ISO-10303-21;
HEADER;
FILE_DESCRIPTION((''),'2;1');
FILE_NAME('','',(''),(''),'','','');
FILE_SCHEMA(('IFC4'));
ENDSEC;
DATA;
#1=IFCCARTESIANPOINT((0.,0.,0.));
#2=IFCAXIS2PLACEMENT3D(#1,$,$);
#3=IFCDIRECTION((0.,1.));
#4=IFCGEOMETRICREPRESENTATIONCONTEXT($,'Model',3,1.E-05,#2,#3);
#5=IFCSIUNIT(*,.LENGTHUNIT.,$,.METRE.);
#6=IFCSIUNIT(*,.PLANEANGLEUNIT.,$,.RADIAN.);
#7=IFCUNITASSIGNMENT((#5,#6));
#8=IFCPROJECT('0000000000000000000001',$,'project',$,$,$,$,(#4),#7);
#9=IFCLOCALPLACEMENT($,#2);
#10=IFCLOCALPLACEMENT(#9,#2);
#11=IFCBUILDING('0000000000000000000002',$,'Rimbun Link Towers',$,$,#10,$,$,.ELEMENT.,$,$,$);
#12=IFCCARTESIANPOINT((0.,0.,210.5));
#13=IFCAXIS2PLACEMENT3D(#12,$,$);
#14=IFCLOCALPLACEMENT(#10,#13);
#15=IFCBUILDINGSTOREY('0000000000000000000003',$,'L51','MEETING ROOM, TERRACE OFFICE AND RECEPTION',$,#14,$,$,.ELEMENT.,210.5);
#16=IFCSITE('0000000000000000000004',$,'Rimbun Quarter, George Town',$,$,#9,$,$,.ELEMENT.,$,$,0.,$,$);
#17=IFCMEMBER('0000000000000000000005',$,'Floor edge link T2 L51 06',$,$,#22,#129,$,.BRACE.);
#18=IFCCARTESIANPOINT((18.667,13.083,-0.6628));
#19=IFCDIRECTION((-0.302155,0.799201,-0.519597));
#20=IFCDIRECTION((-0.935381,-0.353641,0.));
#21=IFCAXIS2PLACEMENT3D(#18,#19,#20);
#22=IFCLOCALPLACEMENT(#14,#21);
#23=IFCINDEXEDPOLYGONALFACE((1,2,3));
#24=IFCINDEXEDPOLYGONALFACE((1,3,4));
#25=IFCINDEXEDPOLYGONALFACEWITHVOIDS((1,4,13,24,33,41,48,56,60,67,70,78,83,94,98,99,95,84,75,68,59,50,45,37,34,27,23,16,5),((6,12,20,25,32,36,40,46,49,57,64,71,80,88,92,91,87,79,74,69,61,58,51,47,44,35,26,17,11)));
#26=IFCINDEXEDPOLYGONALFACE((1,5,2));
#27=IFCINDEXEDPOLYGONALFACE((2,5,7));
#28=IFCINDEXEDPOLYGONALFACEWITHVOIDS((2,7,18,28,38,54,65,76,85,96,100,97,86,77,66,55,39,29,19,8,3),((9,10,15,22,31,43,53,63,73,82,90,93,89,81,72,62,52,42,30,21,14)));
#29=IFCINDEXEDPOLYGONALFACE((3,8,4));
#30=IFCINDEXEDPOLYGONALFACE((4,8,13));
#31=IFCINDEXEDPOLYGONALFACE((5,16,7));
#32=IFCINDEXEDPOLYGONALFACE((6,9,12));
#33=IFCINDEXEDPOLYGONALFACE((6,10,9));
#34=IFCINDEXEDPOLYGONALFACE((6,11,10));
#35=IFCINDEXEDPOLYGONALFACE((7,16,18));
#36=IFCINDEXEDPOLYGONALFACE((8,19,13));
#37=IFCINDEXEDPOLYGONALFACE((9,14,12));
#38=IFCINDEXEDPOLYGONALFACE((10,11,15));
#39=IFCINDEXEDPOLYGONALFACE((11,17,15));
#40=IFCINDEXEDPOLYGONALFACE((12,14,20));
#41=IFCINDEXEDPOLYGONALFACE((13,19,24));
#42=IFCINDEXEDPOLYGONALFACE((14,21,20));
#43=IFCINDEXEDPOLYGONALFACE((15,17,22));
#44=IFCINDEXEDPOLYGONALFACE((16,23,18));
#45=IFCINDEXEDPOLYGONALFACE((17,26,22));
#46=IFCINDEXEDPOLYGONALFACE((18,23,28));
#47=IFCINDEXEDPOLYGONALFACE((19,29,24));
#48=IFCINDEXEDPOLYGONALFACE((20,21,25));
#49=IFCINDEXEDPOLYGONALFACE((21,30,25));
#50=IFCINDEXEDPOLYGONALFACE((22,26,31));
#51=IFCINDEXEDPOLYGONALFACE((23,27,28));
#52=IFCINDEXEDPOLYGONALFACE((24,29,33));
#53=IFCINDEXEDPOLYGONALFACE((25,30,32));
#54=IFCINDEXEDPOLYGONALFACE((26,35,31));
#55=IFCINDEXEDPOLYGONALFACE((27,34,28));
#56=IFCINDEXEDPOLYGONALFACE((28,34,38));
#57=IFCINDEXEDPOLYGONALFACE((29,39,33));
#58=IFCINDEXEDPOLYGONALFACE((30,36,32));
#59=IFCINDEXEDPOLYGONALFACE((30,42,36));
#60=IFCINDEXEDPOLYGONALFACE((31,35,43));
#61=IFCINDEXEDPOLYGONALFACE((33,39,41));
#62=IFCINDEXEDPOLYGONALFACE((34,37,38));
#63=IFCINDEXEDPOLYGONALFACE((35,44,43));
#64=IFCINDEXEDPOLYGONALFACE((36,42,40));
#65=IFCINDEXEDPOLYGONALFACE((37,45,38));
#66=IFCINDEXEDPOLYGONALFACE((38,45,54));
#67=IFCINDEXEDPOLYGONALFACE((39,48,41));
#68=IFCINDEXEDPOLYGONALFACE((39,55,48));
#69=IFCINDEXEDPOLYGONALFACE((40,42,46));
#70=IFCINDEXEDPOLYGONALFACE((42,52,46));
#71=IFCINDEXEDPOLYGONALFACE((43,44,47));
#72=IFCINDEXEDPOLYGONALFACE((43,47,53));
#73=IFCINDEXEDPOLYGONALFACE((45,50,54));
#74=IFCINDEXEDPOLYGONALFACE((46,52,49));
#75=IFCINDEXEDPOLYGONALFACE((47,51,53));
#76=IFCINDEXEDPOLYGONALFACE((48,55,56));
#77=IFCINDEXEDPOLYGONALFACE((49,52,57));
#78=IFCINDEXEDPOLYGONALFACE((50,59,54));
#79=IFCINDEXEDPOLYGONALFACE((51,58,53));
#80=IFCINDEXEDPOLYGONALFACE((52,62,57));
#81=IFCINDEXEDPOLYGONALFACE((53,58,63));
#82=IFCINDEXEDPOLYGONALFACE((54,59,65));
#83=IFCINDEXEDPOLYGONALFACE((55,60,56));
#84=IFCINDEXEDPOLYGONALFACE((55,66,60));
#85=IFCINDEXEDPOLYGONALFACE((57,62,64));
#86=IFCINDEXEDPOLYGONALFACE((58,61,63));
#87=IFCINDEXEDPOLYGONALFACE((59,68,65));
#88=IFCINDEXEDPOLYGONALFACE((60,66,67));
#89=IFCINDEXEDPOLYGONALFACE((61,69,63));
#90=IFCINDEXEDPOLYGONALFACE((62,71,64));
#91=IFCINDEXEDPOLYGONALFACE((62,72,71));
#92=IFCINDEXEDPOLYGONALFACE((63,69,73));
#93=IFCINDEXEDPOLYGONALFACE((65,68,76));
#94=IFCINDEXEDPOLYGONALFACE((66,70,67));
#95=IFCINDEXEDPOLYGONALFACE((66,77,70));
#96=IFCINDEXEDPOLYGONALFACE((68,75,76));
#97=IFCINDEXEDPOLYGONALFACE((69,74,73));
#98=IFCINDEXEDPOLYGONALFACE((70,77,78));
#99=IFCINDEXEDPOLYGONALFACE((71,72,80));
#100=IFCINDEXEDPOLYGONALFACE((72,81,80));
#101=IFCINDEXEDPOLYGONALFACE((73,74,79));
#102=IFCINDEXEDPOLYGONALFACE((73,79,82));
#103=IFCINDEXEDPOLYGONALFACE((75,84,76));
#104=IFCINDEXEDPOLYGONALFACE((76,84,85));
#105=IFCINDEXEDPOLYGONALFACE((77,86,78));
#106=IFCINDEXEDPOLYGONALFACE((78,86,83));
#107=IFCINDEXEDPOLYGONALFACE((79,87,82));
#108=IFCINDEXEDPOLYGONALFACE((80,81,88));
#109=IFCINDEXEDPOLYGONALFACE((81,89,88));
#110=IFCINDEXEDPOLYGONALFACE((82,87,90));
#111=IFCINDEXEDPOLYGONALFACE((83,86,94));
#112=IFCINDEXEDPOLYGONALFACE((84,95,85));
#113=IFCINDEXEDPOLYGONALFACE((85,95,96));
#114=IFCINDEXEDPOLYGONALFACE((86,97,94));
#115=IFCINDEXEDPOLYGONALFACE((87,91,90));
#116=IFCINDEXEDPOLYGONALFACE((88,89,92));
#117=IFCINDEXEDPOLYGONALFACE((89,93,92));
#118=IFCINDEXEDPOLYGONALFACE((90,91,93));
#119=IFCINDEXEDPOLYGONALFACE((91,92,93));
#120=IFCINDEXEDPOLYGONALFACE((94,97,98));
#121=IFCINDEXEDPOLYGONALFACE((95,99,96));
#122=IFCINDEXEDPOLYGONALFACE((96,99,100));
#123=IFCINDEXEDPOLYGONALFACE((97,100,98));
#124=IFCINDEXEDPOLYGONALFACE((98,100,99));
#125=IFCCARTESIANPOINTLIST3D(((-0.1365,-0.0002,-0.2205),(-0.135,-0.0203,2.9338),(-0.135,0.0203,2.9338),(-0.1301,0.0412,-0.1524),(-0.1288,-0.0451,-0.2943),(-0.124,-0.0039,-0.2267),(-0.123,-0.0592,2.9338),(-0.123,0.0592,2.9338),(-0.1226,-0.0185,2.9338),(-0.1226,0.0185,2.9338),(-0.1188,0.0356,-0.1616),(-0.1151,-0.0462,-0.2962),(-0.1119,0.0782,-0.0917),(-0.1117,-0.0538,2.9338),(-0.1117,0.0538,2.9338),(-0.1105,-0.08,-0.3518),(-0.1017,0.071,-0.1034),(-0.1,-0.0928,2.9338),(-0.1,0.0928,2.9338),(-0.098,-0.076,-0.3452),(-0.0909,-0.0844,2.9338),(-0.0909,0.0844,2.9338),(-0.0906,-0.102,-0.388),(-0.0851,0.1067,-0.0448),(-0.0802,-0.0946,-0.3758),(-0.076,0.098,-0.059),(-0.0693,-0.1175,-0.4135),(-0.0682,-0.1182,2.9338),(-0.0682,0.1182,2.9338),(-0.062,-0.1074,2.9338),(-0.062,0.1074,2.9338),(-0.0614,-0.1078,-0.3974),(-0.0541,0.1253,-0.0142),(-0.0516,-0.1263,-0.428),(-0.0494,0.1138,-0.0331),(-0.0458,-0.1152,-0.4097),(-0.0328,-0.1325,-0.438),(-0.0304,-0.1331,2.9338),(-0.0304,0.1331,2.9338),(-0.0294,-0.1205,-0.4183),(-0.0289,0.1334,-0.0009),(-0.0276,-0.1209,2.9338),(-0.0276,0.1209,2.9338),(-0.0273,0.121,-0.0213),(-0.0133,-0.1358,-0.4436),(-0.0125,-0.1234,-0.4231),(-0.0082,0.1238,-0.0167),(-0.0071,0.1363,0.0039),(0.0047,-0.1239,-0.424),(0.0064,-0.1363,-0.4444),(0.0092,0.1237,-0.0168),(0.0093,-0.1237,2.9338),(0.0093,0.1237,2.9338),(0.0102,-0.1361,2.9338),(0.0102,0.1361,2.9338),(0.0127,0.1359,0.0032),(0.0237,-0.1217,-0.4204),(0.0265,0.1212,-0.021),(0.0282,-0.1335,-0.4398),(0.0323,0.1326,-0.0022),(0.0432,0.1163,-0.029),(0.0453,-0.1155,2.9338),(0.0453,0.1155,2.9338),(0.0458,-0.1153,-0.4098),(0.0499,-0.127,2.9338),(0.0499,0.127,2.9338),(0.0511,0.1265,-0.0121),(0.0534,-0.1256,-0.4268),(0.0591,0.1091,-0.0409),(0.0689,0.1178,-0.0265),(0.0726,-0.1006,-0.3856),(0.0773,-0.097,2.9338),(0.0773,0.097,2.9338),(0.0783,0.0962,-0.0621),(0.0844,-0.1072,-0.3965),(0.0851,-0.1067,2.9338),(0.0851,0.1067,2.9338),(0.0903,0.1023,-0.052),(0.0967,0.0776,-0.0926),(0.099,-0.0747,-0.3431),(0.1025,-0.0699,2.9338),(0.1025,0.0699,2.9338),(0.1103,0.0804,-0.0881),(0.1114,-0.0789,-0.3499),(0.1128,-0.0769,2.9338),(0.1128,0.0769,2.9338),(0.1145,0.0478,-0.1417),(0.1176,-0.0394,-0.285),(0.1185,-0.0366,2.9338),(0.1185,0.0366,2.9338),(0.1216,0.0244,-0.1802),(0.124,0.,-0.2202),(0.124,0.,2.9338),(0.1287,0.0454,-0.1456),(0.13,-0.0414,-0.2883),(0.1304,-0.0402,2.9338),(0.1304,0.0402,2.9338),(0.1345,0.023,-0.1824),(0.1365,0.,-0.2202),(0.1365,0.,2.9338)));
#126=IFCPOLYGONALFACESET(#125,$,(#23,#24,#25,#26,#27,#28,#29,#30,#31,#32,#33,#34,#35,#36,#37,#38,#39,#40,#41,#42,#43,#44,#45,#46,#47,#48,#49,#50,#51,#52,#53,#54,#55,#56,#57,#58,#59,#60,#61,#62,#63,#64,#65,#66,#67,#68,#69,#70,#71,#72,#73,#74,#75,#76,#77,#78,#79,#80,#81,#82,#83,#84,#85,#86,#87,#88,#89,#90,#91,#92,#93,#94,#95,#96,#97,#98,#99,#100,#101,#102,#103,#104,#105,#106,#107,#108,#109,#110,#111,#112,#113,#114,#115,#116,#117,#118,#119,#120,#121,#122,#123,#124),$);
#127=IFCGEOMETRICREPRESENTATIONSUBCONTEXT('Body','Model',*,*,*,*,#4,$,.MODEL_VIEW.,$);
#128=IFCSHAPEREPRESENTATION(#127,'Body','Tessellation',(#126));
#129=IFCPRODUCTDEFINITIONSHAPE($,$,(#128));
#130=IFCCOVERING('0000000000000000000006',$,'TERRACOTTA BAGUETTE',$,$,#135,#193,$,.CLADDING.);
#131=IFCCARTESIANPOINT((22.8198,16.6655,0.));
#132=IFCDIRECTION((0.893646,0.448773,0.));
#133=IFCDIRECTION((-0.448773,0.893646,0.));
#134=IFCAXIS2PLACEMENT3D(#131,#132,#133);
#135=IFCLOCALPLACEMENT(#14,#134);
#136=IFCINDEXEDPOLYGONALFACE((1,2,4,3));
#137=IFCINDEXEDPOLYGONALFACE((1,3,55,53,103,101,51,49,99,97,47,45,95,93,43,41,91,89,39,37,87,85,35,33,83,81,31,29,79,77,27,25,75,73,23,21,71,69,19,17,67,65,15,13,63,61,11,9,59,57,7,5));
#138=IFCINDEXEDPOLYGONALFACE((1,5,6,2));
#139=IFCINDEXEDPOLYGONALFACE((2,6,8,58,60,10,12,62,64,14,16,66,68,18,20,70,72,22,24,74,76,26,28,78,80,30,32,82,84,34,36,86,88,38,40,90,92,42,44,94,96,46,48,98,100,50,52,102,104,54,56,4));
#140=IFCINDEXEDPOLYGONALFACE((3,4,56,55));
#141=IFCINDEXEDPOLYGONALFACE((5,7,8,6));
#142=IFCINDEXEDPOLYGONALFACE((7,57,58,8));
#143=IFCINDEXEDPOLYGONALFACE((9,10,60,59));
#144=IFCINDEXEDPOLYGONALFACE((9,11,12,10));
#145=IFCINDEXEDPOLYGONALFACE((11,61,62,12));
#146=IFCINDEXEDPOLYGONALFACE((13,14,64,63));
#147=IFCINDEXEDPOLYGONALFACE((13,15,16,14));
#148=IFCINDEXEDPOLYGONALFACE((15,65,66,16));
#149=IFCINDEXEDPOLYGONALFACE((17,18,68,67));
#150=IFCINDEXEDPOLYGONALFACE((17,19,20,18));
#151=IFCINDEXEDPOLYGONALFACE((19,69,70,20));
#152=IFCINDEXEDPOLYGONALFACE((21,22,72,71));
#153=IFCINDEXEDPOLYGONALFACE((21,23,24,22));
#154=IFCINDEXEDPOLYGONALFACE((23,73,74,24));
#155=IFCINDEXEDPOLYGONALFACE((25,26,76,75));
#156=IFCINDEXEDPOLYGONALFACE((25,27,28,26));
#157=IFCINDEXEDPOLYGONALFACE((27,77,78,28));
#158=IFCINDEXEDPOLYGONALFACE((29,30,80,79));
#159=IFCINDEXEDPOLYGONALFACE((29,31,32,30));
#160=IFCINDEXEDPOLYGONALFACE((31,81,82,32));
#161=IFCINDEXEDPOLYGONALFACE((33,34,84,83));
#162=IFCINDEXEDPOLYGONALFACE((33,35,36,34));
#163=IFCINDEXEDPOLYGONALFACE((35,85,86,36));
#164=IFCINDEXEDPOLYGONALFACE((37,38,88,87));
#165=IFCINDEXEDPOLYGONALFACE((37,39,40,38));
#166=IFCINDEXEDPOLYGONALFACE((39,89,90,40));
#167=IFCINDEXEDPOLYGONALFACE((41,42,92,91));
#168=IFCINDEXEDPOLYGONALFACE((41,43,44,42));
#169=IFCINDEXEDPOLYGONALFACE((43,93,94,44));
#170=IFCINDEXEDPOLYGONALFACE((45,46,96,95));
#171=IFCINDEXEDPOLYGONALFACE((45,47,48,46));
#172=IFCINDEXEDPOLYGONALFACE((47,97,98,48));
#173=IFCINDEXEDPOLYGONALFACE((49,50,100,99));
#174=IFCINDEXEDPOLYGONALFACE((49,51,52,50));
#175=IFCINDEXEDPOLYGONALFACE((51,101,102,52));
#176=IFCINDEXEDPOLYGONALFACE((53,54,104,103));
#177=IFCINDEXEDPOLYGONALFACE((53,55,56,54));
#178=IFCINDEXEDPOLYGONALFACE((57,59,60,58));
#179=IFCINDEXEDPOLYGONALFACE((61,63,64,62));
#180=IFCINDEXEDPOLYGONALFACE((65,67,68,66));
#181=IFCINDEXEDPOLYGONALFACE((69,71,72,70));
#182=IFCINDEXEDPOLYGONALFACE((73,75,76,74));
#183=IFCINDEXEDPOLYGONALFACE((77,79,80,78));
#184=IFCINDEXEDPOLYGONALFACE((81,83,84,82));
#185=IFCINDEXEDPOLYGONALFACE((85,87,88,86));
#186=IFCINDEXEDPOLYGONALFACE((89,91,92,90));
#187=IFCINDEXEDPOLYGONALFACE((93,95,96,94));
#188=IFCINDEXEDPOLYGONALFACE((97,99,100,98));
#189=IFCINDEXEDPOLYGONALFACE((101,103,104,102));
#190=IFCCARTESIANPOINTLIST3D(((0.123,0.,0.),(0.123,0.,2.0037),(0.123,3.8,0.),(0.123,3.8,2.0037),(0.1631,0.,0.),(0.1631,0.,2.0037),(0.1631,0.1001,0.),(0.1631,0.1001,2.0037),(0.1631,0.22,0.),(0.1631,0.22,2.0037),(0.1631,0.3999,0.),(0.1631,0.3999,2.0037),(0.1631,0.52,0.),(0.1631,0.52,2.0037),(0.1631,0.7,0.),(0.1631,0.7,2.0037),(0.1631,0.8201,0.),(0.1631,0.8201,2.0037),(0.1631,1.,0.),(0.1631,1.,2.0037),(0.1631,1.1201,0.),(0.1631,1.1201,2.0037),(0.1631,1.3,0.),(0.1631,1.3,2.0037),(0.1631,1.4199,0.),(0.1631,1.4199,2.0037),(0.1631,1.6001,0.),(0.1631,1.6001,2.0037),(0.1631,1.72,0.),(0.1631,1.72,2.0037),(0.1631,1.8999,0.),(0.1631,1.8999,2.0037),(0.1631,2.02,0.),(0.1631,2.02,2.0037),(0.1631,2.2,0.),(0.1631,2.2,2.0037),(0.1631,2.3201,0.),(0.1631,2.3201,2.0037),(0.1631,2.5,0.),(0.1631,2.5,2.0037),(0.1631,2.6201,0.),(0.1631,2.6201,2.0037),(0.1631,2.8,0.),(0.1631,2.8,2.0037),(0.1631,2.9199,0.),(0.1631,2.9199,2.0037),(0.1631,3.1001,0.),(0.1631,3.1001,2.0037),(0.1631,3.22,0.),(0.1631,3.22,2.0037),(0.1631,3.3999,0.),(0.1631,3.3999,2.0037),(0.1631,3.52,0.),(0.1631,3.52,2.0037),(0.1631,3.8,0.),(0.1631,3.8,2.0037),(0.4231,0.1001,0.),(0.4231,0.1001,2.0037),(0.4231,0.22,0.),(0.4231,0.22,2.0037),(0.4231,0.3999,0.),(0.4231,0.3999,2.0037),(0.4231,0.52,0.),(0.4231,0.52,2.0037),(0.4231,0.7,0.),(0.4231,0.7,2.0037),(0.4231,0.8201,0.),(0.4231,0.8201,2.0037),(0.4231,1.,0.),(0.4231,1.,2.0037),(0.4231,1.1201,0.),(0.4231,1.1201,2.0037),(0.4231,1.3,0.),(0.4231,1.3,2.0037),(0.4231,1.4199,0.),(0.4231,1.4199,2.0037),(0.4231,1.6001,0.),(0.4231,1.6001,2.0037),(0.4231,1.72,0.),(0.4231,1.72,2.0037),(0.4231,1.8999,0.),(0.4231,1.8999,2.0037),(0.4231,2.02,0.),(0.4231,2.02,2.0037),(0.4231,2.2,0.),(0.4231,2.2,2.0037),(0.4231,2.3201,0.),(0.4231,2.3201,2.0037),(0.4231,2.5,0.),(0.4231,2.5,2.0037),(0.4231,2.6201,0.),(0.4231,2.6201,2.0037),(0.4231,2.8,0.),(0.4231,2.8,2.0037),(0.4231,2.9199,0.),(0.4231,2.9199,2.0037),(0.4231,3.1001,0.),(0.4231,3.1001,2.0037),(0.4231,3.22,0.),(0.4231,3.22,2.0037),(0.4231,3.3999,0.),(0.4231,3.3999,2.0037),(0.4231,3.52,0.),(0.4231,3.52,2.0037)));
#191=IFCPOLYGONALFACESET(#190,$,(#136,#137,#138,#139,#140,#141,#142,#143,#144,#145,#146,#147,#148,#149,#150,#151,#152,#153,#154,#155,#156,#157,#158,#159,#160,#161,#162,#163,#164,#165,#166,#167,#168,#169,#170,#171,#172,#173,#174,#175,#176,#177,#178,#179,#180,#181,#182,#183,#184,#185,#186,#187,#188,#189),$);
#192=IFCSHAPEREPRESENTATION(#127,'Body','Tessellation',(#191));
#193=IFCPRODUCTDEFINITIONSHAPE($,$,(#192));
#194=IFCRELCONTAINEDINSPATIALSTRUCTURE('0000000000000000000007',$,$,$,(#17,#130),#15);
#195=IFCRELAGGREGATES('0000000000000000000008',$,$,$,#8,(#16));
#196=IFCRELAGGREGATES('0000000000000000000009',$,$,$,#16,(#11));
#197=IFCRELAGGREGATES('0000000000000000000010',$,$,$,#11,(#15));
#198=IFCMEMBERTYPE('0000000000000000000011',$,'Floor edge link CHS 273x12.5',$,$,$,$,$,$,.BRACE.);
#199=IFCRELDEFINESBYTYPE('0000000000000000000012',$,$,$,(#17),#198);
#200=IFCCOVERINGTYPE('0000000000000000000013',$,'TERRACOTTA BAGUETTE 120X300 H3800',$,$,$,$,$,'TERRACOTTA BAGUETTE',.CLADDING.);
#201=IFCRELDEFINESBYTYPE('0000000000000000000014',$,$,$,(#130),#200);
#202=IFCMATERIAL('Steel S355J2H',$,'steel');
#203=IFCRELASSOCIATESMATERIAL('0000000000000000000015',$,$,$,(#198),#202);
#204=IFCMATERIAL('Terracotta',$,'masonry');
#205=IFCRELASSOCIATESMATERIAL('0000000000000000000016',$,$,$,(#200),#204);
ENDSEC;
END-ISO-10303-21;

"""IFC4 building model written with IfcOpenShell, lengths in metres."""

from ifc_helpers import new_model, si_unit, direction, frame, origin, origin_2d, place, context, subcontext, project, spatial, polyline, hollow_circle, outline, extrude, clip, halfspace, material, material_profile, profile_set, type_object, element, save


model = new_model("IFC4")

# Units and contexts
model_context = context("Model", 3, precision=1e-05, world=origin(), true_north=direction((0.0, 1.0)))
body_context = subcontext(model_context, "Body", "Model", "MODEL_VIEW")
ifc_project = project(units=[si_unit("LENGTHUNIT", "METRE"), si_unit("PLANEANGLEUNIT", "RADIAN")], contexts=[model_context])

# Site, building, storey
site_placement = place(None, origin())
site = spatial("IfcSite", under=ifc_project, at=site_placement, Name="Rimbun Quarter, George Town", CompositionType="ELEMENT", RefElevation=0.0)
building_placement = place(site_placement, origin())
building = spatial("IfcBuilding", under=site, at=building_placement, Name="Rimbun Link Towers", CompositionType="ELEMENT")
storey_placement = place(building_placement, frame((0.0, 0.0, 210.5)))
storey = spatial("IfcBuildingStorey", under=building, at=storey_placement, Name="L51", Description="MEETING ROOM, TERRACE OFFICE AND RECEPTION", CompositionType="ELEMENT", Elevation=210.5)

# Member
ifc_material_1 = material(Name="Steel S355J2H", Category="steel")
ifc_material_profile_1 = material_profile(ifc_material_1, hollow_circle(Radius=0.1365, WallThickness=0.0125, at=origin_2d()), Name="CHS 273x12.5")
ifc_profile_set_1 = profile_set([ifc_material_profile_1], Name="Steel S355J2H")
member_type_1 = type_object("IfcMemberType", Name="Floor edge link CHS 273x12.5", PredefinedType="BRACE", material=ifc_profile_set_1)
member_1_placement = place(storey_placement, frame((18.667, 13.083, -0.6628), z_axis=(-0.302155, 0.799201, -0.519597), x_axis=(-0.935381, -0.353641, 0.0)))
element("IfcMember", 1, at=member_1_placement, inside=storey, type_object=member_type_1, Name="Floor edge link T2 L51 06", PredefinedType="BRACE", context=body_context, shape_type="Clipping", body=[
    clip(extrude(hollow_circle(Radius=0.1365, WallThickness=0.0125, at=origin_2d()), frame((0.0, 0.0, -0.468)), (0.0, 0.0, 1.0), 3.4019), halfspace(frame((0.0, 0.0, -0.2202), z_axis=(0.0, 0.854412, -0.519597)), False)),
])

# Covering
ifc_material_2 = material(Name="Terracotta", Category="masonry")
ifc_material_profile_2 = material_profile(ifc_material_2, outline(polyline([(0.123, 0.0), (0.1631, 0.0), (0.1631, 0.1001), (0.4231, 0.1001), (0.4231, 0.22), (0.1631, 0.22), (0.1631, 0.3999), (0.4231, 0.3999), (0.4231, 0.52), (0.1631, 0.52), (0.1631, 0.7), (0.4231, 0.7), (0.4231, 0.8201), (0.1631, 0.8201), (0.1631, 1.0), (0.4231, 1.0), (0.4231, 1.1201), (0.1631, 1.1201), (0.1631, 1.3), (0.4231, 1.3), (0.4231, 1.4199), (0.1631, 1.4199), (0.1631, 1.6001), (0.4231, 1.6001), (0.4231, 1.72), (0.1631, 1.72), (0.1631, 1.8999), (0.4231, 1.8999), (0.4231, 2.02), (0.1631, 2.02), (0.1631, 2.2), (0.4231, 2.2), (0.4231, 2.3201), (0.1631, 2.3201), (0.1631, 2.5), (0.4231, 2.5), (0.4231, 2.6201), (0.1631, 2.6201), (0.1631, 2.8), (0.4231, 2.8), (0.4231, 2.9199), (0.1631, 2.9199), (0.1631, 3.1001), (0.4231, 3.1001), (0.4231, 3.22), (0.1631, 3.22), (0.1631, 3.3999), (0.4231, 3.3999), (0.4231, 3.52), (0.1631, 3.52), (0.1631, 3.8), (0.123, 3.8), (0.123, 0.0)])), Name="BAGUETTE 120X300")
ifc_profile_set_2 = profile_set([ifc_material_profile_2], Name="Terracotta")
covering_type = type_object("IfcCoveringType", Name="TERRACOTTA BAGUETTE 120X300 H3800", ElementType="TERRACOTTA BAGUETTE", PredefinedType="CLADDING", material=ifc_profile_set_2)
covering_1_placement = place(storey_placement, frame((22.8198, 16.6655, 0.0), z_axis=(0.893646, 0.448773, 0.0), x_axis=(-0.448773, 0.893646, 0.0)))
element("IfcCovering", 2, at=covering_1_placement, inside=storey, type_object=covering_type, Name="TERRACOTTA BAGUETTE", PredefinedType="CLADDING", context=body_context, shape_type="SweptSolid", body=[
    extrude(outline(polyline([(0.123, 0.0), (0.1631, 0.0), (0.1631, 0.1001), (0.4231, 0.1001), (0.4231, 0.22), (0.1631, 0.22), (0.1631, 0.3999), (0.4231, 0.3999), (0.4231, 0.52), (0.1631, 0.52), (0.1631, 0.7), (0.4231, 0.7), (0.4231, 0.8201), (0.1631, 0.8201), (0.1631, 1.0), (0.4231, 1.0), (0.4231, 1.1201), (0.1631, 1.1201), (0.1631, 1.3), (0.4231, 1.3), (0.4231, 1.4199), (0.1631, 1.4199), (0.1631, 1.6001), (0.4231, 1.6001), (0.4231, 1.72), (0.1631, 1.72), (0.1631, 1.8999), (0.4231, 1.8999), (0.4231, 2.02), (0.1631, 2.02), (0.1631, 2.2), (0.4231, 2.2), (0.4231, 2.3201), (0.1631, 2.3201), (0.1631, 2.5), (0.4231, 2.5), (0.4231, 2.6201), (0.1631, 2.6201), (0.1631, 2.8), (0.4231, 2.8), (0.4231, 2.9199), (0.1631, 2.9199), (0.1631, 3.1001), (0.4231, 3.1001), (0.4231, 3.22), (0.1631, 3.22), (0.1631, 3.3999), (0.4231, 3.3999), (0.4231, 3.52), (0.1631, 3.52), (0.1631, 3.8), (0.123, 3.8), (0.123, 0.0)])), origin(), (0.0, 0.0, 1.0), 2.0037),
])

save(model, "model.ifc")
